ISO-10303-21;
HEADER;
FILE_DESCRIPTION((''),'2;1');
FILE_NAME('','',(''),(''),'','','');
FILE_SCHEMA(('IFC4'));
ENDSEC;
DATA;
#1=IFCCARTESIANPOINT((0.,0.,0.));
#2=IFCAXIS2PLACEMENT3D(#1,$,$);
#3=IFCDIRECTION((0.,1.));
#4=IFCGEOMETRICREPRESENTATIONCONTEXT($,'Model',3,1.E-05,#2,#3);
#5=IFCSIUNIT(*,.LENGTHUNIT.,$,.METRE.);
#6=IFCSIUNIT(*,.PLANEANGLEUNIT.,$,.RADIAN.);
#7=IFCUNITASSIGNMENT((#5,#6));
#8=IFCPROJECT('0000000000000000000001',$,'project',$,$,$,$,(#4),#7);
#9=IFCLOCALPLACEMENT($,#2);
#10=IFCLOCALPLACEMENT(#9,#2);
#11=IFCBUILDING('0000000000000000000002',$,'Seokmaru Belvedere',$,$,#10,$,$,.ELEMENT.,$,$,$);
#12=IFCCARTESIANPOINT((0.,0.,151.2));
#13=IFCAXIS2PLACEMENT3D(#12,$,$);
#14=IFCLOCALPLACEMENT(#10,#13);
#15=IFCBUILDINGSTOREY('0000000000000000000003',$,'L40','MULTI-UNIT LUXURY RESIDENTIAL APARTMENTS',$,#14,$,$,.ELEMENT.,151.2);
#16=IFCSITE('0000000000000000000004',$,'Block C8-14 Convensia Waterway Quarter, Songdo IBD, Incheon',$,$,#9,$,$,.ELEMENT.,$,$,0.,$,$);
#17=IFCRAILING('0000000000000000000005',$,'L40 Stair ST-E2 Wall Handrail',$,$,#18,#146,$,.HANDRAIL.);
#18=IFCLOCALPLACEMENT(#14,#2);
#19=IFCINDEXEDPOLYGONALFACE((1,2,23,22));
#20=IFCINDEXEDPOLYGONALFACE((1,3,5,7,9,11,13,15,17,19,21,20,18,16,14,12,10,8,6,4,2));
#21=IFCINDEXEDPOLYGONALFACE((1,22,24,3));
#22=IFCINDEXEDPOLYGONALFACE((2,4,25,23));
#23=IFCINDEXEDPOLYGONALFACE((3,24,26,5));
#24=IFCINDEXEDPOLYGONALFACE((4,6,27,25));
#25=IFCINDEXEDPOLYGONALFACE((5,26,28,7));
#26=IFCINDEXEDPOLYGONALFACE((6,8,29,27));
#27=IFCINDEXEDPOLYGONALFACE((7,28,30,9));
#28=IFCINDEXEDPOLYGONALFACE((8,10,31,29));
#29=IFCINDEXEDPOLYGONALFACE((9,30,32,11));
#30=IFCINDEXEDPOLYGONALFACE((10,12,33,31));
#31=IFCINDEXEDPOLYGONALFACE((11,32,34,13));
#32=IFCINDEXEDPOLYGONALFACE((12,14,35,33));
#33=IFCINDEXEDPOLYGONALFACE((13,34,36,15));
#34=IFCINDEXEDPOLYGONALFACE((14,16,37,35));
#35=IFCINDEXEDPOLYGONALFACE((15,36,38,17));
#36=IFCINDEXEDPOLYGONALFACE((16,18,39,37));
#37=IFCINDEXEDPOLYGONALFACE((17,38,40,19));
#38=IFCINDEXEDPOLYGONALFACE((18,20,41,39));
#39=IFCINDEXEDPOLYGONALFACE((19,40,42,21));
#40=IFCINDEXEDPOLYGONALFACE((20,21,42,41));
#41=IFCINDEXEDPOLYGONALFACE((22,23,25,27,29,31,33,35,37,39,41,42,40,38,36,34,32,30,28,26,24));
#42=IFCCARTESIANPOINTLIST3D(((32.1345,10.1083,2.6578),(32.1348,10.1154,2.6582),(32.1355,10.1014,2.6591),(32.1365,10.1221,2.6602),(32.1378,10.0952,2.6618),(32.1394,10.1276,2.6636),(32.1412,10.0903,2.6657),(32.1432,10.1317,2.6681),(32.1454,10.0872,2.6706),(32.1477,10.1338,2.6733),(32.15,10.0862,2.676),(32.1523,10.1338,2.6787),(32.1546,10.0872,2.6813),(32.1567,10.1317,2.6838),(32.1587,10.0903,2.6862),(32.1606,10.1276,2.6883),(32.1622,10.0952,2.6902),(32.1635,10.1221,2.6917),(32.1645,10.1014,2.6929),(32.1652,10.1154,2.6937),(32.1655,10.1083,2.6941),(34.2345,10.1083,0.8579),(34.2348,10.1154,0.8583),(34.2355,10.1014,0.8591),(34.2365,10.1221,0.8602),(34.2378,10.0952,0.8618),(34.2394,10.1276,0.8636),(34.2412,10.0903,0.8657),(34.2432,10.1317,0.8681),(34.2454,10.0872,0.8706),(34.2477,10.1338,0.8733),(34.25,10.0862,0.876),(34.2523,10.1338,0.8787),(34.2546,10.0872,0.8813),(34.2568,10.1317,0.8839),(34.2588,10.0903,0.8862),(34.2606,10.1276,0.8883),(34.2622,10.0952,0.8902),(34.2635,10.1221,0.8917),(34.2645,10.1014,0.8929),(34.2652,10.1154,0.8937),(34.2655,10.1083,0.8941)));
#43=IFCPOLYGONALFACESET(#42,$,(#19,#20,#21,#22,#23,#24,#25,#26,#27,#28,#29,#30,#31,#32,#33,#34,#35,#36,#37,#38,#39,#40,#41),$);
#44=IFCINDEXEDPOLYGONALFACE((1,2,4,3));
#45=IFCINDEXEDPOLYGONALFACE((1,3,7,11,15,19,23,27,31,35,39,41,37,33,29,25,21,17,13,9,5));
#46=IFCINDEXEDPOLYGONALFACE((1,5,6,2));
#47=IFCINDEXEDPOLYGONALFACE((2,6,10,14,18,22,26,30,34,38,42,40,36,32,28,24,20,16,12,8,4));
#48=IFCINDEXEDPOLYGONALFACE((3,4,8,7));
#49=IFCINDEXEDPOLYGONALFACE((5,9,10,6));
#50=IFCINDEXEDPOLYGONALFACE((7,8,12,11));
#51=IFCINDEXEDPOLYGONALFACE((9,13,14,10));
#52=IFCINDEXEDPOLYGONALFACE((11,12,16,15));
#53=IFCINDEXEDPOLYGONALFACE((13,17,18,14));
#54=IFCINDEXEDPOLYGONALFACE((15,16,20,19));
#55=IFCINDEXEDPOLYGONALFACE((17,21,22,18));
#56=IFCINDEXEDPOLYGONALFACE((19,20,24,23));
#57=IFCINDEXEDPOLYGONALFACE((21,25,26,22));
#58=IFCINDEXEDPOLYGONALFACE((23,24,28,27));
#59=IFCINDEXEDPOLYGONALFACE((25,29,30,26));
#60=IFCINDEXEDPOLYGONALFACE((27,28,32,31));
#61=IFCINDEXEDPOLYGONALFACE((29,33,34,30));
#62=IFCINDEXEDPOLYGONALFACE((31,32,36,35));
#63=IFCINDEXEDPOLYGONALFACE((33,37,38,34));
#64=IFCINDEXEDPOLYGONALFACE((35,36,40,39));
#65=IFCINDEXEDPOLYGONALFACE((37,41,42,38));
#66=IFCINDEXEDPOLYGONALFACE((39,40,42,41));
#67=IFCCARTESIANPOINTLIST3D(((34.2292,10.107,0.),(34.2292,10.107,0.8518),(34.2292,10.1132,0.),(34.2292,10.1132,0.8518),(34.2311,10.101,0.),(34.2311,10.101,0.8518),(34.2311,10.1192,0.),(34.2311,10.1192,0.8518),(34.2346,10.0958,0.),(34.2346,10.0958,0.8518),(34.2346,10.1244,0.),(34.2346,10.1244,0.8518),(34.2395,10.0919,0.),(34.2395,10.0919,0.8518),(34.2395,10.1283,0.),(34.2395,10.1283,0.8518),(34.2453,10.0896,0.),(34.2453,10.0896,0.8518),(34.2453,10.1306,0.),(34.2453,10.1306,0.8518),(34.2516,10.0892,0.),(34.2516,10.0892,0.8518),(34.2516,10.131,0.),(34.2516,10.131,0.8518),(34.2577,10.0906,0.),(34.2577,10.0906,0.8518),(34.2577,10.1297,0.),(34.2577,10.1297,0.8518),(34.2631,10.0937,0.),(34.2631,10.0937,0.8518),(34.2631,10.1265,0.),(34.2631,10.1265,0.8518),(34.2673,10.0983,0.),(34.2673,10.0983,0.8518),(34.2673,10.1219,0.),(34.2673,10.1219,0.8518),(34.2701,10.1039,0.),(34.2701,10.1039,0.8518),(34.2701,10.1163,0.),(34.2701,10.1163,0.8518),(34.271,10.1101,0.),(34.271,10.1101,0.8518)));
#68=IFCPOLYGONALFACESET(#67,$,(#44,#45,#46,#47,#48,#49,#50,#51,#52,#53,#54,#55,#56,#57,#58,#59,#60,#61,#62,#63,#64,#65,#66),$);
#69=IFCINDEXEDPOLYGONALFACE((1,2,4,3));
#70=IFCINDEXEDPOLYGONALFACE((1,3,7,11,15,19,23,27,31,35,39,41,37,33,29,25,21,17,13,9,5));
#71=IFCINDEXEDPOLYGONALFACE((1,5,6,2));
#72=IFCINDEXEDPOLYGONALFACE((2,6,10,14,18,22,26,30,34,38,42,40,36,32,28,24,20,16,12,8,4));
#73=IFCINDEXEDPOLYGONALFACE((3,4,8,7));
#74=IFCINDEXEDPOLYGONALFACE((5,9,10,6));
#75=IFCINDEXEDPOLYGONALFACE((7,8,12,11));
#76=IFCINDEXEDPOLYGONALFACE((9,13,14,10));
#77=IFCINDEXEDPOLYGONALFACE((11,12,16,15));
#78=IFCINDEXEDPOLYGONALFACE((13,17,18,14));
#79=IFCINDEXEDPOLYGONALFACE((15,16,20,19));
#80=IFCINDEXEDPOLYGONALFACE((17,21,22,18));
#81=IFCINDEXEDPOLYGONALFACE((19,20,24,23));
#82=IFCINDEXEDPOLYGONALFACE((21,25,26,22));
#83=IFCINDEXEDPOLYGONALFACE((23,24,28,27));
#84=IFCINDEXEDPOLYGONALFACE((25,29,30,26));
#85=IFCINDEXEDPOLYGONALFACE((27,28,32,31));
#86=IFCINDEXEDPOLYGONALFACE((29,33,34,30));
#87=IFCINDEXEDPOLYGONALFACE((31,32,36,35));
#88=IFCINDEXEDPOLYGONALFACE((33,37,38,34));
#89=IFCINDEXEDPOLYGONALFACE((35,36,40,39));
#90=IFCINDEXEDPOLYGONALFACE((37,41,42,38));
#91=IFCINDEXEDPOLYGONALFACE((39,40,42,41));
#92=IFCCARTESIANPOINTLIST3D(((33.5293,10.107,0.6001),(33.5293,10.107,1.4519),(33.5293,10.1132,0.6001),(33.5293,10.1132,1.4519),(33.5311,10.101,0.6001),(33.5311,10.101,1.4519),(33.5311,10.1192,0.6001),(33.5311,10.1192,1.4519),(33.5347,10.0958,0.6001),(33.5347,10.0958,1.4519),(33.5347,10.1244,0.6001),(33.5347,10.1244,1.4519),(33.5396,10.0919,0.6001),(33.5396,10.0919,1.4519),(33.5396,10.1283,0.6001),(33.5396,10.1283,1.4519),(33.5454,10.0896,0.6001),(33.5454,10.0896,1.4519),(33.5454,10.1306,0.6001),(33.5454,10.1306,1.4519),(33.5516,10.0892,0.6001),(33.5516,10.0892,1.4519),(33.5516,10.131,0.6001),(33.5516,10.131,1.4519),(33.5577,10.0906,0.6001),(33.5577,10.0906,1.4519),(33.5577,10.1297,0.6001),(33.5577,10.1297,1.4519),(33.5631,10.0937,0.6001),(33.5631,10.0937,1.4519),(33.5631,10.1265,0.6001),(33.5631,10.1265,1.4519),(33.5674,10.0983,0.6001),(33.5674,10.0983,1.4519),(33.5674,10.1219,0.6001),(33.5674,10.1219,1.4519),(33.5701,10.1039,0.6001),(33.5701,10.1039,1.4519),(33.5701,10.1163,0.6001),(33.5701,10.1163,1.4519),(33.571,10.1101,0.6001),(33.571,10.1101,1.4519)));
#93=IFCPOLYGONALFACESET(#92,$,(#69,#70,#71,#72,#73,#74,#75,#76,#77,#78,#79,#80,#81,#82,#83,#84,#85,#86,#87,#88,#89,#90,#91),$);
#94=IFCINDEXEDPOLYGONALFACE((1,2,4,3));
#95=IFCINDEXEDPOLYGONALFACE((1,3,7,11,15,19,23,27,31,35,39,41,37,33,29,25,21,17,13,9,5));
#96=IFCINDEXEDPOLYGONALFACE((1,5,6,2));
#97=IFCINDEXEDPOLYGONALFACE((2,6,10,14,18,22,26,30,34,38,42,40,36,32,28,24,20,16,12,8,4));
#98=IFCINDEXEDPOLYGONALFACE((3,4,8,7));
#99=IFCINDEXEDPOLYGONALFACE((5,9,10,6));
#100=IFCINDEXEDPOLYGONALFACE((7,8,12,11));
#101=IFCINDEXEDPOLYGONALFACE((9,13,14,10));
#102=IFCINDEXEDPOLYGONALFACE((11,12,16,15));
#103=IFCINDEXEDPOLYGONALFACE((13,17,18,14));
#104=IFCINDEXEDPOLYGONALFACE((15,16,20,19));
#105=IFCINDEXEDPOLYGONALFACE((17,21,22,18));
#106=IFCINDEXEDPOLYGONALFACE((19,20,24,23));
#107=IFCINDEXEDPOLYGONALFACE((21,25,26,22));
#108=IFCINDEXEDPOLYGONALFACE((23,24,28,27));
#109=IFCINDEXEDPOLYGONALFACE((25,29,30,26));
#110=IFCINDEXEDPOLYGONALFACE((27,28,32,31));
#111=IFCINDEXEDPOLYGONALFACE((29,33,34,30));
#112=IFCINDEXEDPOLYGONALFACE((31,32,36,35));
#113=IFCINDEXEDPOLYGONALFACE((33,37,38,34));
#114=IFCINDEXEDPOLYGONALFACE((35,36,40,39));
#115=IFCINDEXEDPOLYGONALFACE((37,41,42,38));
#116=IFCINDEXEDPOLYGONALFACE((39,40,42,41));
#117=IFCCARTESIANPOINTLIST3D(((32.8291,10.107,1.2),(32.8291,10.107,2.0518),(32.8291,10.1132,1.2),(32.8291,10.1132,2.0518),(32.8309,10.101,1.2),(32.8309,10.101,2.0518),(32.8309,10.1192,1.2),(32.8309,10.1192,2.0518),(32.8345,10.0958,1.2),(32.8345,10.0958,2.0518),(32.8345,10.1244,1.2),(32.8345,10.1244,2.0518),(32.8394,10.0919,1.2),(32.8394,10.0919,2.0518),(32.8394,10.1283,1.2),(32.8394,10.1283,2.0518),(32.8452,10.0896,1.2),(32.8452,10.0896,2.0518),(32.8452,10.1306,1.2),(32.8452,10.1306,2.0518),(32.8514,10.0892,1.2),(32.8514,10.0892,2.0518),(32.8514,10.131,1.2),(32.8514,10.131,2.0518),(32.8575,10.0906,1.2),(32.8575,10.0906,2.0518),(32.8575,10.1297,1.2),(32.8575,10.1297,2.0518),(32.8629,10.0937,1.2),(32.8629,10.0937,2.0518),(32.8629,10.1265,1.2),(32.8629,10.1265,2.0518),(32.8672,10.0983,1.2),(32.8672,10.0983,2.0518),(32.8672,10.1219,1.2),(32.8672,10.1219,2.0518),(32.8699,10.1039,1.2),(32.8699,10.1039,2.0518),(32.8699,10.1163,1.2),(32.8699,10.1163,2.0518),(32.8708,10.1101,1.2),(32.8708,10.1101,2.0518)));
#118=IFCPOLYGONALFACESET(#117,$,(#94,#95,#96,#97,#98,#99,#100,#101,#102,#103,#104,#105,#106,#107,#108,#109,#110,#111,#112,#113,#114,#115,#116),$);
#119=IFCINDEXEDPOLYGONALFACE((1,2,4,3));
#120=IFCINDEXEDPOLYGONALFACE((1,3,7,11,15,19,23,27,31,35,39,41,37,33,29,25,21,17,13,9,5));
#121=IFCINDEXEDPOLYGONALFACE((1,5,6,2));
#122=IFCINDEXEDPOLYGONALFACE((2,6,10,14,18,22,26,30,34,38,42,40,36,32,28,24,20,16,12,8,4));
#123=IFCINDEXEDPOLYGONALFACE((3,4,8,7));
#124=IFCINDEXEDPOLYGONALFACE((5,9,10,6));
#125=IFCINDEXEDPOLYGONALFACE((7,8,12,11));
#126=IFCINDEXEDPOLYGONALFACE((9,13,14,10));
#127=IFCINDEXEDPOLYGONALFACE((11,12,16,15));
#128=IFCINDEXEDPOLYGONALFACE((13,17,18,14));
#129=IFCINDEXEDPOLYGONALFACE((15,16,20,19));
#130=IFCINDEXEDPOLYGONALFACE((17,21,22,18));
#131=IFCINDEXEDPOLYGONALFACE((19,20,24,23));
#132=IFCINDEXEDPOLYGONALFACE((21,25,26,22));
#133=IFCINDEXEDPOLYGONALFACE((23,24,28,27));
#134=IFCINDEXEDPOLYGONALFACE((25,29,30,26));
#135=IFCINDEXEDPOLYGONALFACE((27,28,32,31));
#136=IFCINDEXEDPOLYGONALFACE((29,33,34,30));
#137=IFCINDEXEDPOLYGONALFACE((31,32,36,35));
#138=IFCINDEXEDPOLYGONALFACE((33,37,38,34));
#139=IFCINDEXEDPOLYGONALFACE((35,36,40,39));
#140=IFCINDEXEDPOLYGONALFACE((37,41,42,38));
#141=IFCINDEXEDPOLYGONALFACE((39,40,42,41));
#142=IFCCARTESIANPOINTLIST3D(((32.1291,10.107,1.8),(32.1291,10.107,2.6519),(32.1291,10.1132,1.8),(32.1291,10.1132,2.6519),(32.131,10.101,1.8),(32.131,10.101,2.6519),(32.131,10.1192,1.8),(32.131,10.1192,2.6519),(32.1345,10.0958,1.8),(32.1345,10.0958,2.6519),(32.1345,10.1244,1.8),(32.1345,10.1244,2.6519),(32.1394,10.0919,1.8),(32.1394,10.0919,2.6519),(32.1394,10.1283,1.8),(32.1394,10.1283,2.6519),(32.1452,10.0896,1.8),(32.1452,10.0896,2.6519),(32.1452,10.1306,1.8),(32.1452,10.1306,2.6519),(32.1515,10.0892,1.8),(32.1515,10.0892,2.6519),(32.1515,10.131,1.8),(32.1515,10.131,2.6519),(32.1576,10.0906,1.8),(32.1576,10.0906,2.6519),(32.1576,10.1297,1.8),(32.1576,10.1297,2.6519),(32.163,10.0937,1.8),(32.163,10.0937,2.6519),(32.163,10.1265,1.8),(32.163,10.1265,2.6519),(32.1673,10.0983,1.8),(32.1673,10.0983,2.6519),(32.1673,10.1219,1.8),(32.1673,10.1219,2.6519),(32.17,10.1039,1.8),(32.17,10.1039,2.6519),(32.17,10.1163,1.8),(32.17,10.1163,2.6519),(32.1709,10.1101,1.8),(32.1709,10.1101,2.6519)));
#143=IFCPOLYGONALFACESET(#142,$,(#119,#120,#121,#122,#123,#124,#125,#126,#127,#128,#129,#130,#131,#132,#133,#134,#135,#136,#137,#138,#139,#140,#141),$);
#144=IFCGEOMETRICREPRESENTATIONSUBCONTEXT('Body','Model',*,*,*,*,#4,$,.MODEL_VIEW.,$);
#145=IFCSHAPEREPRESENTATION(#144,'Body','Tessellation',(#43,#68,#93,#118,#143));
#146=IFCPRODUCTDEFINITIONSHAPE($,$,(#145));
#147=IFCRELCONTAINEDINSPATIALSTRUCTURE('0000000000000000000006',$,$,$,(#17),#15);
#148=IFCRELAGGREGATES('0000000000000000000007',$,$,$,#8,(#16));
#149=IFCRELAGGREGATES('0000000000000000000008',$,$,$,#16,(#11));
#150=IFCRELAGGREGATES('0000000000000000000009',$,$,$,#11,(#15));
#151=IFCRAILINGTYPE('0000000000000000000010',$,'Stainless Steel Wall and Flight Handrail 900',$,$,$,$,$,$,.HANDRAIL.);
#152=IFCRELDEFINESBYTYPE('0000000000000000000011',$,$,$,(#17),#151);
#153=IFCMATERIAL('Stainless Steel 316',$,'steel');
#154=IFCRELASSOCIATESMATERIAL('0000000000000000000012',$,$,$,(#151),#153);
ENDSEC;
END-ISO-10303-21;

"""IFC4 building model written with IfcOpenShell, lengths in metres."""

from ifc_helpers import new_model, si_unit, direction, frame, origin, origin_2d, place, context, subcontext, project, spatial, circle, extrude, material, type_object, element, save


model = new_model("IFC4")

# Units and contexts
model_context = context("Model", 3, precision=1e-05, world=origin(), true_north=direction((0.0, 1.0)))
body_context = subcontext(model_context, "Body", "Model", "MODEL_VIEW")
ifc_project = project(units=[si_unit("LENGTHUNIT", "METRE"), si_unit("PLANEANGLEUNIT", "RADIAN")], contexts=[model_context])

# Site, building, storey
site_placement = place(None, origin())
site = spatial("IfcSite", under=ifc_project, at=site_placement, Name="Block C8-14 Convensia Waterway Quarter, Songdo IBD, Incheon", CompositionType="ELEMENT", RefElevation=0.0)
building_placement = place(site_placement, origin())
building = spatial("IfcBuilding", under=site, at=building_placement, Name="Seokmaru Belvedere", CompositionType="ELEMENT")
storey_placement = place(building_placement, frame((0.0, 0.0, 151.2)))
storey = spatial("IfcBuildingStorey", under=building, at=storey_placement, Name="L40", Description="MULTI-UNIT LUXURY RESIDENTIAL APARTMENTS", CompositionType="ELEMENT", Elevation=151.2)

# Railing
ifc_material_1 = material(Name="Stainless Steel 316", Category="steel")
railing_type_1 = type_object("IfcRailingType", Name="Stainless Steel Wall and Flight Handrail 900", PredefinedType="HANDRAIL", material=ifc_material_1)
railing_1_placement = place(storey_placement, frame((34.25, 10.1101, 0.0)))
element("IfcRailing", 1, at=railing_1_placement, inside=storey, type_object=railing_type_1, Name="L40 Stair ST-E2 Wall Handrail", PredefinedType="HANDRAIL", context=body_context, shape_type="SweptSolid", body=[
    extrude(circle(Radius=0.0239, at=origin_2d()), frame((0.0, 0.0, 0.876), z_axis=(-0.759263, 0.0, 0.650784), x_axis=(0.0, -1.0, 0.0)), (0.0, 0.0, 1.0), 2.7659),
    extrude(circle(Radius=0.021, at=origin_2d()), origin(), (0.0, 0.0, 1.0), 0.8518),
    extrude(circle(Radius=0.021, at=origin_2d()), frame((-0.7, 0.0, 0.6001)), (0.0, 0.0, 1.0), 0.8518),
    extrude(circle(Radius=0.021, at=origin_2d()), frame((-1.4001, 0.0, 1.2)), (0.0, 0.0, 1.0), 0.8518),
    extrude(circle(Radius=0.021, at=origin_2d()), frame((-2.1001, 0.0, 1.8)), (0.0, 0.0, 1.0), 0.8518),
])

save(model, "model.ifc")
